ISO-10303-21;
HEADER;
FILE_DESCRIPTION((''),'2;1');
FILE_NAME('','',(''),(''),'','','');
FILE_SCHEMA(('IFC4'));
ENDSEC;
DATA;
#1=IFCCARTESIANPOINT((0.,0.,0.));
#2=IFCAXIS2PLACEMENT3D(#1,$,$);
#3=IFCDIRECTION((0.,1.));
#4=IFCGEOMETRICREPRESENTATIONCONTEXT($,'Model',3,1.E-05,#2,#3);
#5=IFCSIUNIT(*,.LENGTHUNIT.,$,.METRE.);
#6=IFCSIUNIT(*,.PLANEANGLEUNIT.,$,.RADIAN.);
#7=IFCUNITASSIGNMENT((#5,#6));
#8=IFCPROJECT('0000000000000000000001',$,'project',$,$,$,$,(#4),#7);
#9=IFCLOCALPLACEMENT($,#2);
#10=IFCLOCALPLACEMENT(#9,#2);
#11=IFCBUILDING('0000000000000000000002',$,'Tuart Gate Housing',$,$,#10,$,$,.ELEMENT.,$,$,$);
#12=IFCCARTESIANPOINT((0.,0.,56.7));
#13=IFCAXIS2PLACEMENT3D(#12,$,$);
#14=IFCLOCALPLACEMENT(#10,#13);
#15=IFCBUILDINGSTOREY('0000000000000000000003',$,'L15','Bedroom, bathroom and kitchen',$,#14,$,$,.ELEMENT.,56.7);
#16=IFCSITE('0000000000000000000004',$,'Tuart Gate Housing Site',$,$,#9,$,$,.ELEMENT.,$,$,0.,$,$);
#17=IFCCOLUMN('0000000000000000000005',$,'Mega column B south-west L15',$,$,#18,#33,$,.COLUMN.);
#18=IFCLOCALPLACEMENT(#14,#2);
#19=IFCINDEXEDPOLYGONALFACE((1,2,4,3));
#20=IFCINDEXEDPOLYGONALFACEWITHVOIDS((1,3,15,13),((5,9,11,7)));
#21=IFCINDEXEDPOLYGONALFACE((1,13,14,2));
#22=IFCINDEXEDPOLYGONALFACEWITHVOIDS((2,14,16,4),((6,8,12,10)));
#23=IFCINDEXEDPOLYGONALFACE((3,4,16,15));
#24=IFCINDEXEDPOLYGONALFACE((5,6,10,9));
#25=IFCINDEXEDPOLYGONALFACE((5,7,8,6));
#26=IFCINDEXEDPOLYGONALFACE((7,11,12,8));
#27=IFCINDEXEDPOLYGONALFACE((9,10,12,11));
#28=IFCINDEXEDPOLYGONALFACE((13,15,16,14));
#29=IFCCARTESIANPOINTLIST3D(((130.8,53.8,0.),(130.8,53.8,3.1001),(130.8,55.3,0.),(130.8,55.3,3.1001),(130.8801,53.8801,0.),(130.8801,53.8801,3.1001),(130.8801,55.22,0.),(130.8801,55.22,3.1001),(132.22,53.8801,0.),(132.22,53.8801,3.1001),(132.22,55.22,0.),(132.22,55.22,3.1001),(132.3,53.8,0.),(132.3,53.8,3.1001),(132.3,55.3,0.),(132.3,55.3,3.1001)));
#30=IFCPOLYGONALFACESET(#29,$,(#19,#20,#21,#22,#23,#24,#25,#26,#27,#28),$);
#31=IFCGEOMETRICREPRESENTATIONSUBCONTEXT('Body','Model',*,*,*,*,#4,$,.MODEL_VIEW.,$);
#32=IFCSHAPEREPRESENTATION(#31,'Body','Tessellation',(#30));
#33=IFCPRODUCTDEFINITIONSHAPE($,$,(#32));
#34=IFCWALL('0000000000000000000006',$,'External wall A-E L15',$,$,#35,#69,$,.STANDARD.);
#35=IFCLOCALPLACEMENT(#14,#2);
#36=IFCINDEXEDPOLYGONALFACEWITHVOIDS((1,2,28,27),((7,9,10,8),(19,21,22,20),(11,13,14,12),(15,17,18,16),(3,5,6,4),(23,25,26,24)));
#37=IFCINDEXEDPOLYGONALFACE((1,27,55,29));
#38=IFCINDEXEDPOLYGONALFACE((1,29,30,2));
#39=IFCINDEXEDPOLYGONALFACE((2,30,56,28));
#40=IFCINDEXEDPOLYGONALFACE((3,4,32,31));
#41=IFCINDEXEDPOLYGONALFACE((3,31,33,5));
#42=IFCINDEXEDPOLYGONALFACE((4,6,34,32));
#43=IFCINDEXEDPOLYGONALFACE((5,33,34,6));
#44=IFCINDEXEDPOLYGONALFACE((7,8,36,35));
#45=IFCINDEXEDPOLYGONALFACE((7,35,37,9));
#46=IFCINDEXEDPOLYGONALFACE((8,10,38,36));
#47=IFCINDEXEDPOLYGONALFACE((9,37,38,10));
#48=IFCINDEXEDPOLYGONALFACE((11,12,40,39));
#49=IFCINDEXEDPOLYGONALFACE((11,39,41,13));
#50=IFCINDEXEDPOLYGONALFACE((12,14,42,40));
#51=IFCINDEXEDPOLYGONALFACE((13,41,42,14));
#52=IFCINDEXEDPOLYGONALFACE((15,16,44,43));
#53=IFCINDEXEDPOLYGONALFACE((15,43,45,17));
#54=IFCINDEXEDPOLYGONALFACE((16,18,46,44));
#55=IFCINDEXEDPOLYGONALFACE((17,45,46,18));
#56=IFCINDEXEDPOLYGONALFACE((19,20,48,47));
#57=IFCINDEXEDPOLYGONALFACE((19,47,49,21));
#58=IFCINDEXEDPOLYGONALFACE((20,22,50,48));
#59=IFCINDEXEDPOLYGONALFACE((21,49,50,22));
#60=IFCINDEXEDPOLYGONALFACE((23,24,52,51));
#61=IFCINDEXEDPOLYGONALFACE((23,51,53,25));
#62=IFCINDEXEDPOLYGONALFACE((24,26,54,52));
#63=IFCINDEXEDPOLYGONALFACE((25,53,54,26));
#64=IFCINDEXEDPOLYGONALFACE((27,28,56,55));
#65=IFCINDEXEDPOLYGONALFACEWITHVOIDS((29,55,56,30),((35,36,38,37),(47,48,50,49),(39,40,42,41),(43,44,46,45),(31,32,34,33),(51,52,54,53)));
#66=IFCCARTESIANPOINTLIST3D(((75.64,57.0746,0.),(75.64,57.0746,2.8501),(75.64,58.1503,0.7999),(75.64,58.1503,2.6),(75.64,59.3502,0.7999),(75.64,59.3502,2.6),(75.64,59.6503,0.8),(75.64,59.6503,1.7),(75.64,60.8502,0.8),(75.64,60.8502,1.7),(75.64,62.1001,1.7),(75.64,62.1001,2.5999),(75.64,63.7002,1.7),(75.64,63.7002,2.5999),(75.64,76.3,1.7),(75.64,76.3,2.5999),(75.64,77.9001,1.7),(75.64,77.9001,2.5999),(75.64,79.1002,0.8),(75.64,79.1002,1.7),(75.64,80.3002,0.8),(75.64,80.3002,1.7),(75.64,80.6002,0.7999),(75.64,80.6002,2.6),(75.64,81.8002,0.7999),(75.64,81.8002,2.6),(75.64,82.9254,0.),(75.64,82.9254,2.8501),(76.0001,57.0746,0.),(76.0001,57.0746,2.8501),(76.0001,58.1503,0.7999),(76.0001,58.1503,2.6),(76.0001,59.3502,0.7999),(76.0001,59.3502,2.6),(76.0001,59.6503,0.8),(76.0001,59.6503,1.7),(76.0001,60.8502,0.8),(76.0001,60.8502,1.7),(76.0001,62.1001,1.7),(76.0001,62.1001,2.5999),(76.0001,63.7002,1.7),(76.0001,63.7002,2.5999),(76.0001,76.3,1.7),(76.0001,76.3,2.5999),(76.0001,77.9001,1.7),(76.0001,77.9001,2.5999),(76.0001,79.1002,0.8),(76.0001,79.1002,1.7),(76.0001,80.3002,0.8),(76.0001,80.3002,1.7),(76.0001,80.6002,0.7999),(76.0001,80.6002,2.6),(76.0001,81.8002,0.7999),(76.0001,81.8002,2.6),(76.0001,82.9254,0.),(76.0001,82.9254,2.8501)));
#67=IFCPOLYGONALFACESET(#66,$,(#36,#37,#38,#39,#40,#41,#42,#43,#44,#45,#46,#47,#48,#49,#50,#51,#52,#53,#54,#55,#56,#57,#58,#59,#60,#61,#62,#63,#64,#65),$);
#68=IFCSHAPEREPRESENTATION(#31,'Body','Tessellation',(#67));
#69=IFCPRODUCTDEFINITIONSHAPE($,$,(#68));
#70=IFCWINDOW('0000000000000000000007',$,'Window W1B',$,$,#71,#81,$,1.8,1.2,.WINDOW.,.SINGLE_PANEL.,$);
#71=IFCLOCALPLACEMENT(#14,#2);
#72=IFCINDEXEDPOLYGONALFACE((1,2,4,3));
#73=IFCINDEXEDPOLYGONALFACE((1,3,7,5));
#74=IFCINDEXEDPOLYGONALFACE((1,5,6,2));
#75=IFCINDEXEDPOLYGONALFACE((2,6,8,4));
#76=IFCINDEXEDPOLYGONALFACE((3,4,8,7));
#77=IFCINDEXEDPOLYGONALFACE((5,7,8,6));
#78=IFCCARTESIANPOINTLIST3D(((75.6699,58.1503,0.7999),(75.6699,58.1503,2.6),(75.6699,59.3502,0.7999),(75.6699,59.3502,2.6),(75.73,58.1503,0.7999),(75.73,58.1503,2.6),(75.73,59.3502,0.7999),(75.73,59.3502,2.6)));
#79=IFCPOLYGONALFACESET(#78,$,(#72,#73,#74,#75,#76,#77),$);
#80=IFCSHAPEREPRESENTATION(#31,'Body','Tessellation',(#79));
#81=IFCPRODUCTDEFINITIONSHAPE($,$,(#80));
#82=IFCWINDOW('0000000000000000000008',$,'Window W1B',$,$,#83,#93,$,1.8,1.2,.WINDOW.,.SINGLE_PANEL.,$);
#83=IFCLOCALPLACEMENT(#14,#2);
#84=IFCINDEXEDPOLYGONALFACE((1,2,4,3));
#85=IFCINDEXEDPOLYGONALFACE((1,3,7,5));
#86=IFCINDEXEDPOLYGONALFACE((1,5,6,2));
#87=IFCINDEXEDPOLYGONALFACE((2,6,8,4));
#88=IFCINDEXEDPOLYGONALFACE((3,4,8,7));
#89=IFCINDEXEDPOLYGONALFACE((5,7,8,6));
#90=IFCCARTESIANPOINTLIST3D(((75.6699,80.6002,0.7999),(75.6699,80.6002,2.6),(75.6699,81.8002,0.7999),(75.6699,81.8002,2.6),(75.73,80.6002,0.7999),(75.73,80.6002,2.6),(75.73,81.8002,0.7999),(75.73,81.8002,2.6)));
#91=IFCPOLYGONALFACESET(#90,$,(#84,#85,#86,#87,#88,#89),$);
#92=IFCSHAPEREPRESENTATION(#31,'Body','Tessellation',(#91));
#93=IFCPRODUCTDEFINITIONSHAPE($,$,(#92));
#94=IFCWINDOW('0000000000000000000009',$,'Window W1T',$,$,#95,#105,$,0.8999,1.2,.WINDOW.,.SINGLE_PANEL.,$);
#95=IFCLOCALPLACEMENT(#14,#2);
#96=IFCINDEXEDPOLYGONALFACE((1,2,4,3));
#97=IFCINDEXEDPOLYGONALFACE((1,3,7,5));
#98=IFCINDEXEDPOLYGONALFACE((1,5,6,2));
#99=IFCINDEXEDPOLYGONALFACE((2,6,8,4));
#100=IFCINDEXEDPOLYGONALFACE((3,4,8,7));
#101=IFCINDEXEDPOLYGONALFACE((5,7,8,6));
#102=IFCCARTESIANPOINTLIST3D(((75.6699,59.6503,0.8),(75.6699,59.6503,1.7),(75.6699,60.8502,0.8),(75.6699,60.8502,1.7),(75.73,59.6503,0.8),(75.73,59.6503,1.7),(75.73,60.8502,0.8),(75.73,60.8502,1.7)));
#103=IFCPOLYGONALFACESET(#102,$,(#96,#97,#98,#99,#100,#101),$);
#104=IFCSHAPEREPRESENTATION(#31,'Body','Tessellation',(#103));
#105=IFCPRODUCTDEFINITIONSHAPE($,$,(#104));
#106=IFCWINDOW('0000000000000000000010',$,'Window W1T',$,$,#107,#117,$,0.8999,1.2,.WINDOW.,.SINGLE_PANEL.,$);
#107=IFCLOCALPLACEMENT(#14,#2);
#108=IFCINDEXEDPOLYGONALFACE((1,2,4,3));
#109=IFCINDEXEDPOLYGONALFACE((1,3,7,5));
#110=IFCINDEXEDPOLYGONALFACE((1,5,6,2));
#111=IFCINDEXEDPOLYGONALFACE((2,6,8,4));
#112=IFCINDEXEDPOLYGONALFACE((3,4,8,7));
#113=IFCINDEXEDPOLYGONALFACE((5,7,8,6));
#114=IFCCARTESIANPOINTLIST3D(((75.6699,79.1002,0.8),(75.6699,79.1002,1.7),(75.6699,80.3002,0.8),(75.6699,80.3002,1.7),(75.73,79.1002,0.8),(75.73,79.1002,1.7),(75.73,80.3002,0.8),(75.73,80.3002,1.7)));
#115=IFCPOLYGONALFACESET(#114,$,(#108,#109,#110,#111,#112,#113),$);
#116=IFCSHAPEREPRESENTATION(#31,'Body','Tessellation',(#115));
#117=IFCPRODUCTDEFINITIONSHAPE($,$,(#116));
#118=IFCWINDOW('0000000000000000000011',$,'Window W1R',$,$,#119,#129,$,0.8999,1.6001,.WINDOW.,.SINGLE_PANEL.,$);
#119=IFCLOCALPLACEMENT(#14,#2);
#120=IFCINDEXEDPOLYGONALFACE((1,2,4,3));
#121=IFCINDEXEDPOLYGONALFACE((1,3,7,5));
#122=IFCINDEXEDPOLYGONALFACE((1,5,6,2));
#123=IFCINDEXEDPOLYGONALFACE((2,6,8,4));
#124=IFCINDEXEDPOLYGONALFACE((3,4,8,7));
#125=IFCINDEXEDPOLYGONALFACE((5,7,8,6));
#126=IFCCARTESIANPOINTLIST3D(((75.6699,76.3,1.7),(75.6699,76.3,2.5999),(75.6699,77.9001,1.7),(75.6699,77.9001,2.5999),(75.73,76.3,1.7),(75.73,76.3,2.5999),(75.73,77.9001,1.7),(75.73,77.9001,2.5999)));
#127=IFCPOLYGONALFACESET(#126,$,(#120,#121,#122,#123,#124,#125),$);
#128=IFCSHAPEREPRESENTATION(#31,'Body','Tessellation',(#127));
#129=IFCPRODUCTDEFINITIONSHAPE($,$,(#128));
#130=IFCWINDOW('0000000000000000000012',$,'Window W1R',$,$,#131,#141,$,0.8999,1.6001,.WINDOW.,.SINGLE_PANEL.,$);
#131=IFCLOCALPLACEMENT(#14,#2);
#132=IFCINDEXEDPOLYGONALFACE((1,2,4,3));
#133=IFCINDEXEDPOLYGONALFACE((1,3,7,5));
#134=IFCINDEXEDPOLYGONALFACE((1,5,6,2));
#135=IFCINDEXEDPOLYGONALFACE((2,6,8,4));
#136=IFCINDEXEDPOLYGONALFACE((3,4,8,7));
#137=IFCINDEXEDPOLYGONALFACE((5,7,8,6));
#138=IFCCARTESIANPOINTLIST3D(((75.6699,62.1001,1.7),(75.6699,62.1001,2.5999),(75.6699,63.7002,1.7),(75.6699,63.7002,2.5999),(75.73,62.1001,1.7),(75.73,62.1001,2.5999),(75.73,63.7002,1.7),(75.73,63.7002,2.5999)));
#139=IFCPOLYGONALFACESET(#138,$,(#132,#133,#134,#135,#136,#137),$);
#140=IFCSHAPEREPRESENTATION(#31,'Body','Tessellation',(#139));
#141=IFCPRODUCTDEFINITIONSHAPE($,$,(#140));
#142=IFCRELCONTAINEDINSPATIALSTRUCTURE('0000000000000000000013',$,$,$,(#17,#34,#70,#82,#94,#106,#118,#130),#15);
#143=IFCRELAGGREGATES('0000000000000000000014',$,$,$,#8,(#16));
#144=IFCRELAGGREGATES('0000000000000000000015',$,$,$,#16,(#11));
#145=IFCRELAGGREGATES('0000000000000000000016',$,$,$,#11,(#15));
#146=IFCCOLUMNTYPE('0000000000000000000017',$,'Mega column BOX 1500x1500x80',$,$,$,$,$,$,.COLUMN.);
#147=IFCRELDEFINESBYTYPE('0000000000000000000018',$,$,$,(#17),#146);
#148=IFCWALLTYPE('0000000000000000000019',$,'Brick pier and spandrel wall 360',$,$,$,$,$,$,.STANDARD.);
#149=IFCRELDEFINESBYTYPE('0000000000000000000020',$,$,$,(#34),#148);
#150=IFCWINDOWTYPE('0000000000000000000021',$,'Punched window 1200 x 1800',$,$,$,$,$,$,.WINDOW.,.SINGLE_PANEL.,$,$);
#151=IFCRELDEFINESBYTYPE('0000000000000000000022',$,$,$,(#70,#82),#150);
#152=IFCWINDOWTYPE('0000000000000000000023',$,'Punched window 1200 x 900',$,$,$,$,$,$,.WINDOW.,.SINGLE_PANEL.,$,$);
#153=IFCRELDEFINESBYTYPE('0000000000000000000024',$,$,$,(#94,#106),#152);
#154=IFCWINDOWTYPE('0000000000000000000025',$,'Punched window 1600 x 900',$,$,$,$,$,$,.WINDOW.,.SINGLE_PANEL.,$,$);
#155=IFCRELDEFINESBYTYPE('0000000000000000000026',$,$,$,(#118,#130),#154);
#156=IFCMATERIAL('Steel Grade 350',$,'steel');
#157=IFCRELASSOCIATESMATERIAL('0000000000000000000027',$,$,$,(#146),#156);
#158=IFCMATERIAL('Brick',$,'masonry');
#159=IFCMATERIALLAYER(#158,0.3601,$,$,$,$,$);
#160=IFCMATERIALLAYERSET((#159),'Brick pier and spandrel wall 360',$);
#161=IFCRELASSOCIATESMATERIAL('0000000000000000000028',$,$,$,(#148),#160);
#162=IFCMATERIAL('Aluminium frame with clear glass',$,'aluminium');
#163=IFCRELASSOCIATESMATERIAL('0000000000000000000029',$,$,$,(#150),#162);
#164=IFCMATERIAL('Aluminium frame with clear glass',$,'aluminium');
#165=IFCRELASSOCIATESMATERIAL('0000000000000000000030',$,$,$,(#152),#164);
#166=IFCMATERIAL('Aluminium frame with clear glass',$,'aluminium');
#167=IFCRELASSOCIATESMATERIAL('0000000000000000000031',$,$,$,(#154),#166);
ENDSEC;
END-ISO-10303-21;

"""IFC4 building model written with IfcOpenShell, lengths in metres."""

from ifc_helpers import new_model, si_unit, direction, frame, frame_2d, origin, origin_2d, place, context, subcontext, project, spatial, rectangle, hollow_rectangle, extrude, material, layer, layer_set, material_profile, profile_set, type_object, element, fill, save


model = new_model("IFC4")

# Units and contexts
model_context = context("Model", 3, precision=1e-05, world=origin(), true_north=direction((0.0, 1.0)))
body_context = subcontext(model_context, "Body", "Model", "MODEL_VIEW")
ifc_project = project(units=[si_unit("LENGTHUNIT", "METRE"), si_unit("PLANEANGLEUNIT", "RADIAN")], contexts=[model_context])

# Site, building, storey
site_placement = place(None, origin())
site = spatial("IfcSite", under=ifc_project, at=site_placement, Name="Tuart Gate Housing Site", CompositionType="ELEMENT", RefElevation=0.0)
building_placement = place(site_placement, origin())
building = spatial("IfcBuilding", under=site, at=building_placement, Name="Tuart Gate Housing", CompositionType="ELEMENT")
storey_placement = place(building_placement, frame((0.0, 0.0, 56.7)))
storey = spatial("IfcBuildingStorey", under=building, at=storey_placement, Name="L15", Description="Bedroom, bathroom and kitchen", CompositionType="ELEMENT", Elevation=56.7)

# Column
ifc_material_1 = material(Name="Steel Grade 350", Category="steel")
ifc_material_profile = material_profile(ifc_material_1, hollow_rectangle(XDim=1.5, YDim=1.5, WallThickness=0.0801, at=origin_2d()), Name="BOX 1500x1500x80")
ifc_profile_set = profile_set([ifc_material_profile], Name="Steel Grade 350")
column_type = type_object("IfcColumnType", Name="Mega column BOX 1500x1500x80", PredefinedType="COLUMN", material=ifc_profile_set)
column_placement = place(storey_placement, frame((131.55, 54.55, 0.0), z_axis=(0.0, 0.0, 1.0), x_axis=(1.0, 0.0, 0.0)))
element("IfcColumn", 1, at=column_placement, inside=storey, type_object=column_type, Name="Mega column B south-west L15", PredefinedType="COLUMN", context=body_context, shape_type="SweptSolid", body=[
    extrude(hollow_rectangle(XDim=1.5, YDim=1.5, WallThickness=0.0801, at=origin_2d()), origin(), (0.0, 0.0, 1.0), 3.1001),
])

# Wall, openings, windows
ifc_material_2 = material(Name="Brick", Category="masonry")
ifc_layer_1 = layer(ifc_material_2, 0.3601)
ifc_layer_set_1 = layer_set([ifc_layer_1], Name="Brick pier and spandrel wall 360")
wall_type_1 = type_object("IfcWallType", Name="Brick pier and spandrel wall 360", PredefinedType="STANDARD", material=ifc_layer_set_1)
wall_1_placement = place(storey_placement, frame((75.8201, 57.0747, 0.0), z_axis=(0.0, 0.0, 1.0), x_axis=(0.0, 1.0, 0.0)))
wall_1 = element("IfcWall", 2, at=wall_1_placement, inside=storey, type_object=wall_type_1, Name="External wall A-E L15", PredefinedType="STANDARD", context=body_context, shape_type="SweptSolid", body=[
    extrude(rectangle(XDim=25.8508, YDim=0.3601, at=frame_2d((12.9253, 0.0))), origin(), (0.0, 0.0, 1.0), 2.8501),
])
opening_1_placement = place(wall_1_placement, frame((1.0754, 0.0, 0.8)))
opening_1 = element("IfcOpeningElement", 3, at=opening_1_placement, cuts=wall_1, PredefinedType="OPENING", context=body_context, shape_type="SweptSolid", body=[
    extrude(rectangle(XDim=1.2, YDim=1.8, at=frame_2d((0.6001, 0.8999))), frame((0.0, 0.1899, 0.0), z_axis=(0.0, -1.0, 0.0), x_axis=(1.0, 0.0, 0.0)), (0.0, 0.0, 1.0), 0.3801),
])
opening_2_placement = place(wall_1_placement, frame((2.5754, 0.0, 0.8)))
opening_2 = element("IfcOpeningElement", 4, at=opening_2_placement, cuts=wall_1, PredefinedType="OPENING", context=body_context, shape_type="SweptSolid", body=[
    extrude(rectangle(XDim=1.2, YDim=0.8999, at=frame_2d((0.6001, 0.45))), frame((0.0, 0.1899, 0.0), z_axis=(0.0, -1.0, 0.0), x_axis=(1.0, 0.0, 0.0)), (0.0, 0.0, 1.0), 0.3801),
])
opening_3_placement = place(wall_1_placement, frame((19.2253, 0.0, 1.7)))
opening_3 = element("IfcOpeningElement", 5, at=opening_3_placement, cuts=wall_1, PredefinedType="OPENING", context=body_context, shape_type="SweptSolid", body=[
    extrude(rectangle(XDim=1.6001, YDim=0.8999, at=frame_2d((0.8, 0.45))), frame((0.0, 0.1899, 0.0), z_axis=(0.0, -1.0, 0.0), x_axis=(1.0, 0.0, 0.0)), (0.0, 0.0, 1.0), 0.3801),
])
opening_4_placement = place(wall_1_placement, frame((22.0254, 0.0, 0.8)))
opening_4 = element("IfcOpeningElement", 6, at=opening_4_placement, cuts=wall_1, PredefinedType="OPENING", context=body_context, shape_type="SweptSolid", body=[
    extrude(rectangle(XDim=1.2, YDim=0.8999, at=frame_2d((0.6001, 0.45))), frame((0.0, 0.1899, 0.0), z_axis=(0.0, -1.0, 0.0), x_axis=(1.0, 0.0, 0.0)), (0.0, 0.0, 1.0), 0.3801),
])
opening_5_placement = place(wall_1_placement, frame((5.0254, 0.0, 1.7)))
opening_5 = element("IfcOpeningElement", 7, at=opening_5_placement, cuts=wall_1, PredefinedType="OPENING", context=body_context, shape_type="SweptSolid", body=[
    extrude(rectangle(XDim=1.6001, YDim=0.8999, at=frame_2d((0.8, 0.45))), frame((0.0, 0.1899, 0.0), z_axis=(0.0, -1.0, 0.0), x_axis=(1.0, 0.0, 0.0)), (0.0, 0.0, 1.0), 0.3801),
])
opening_6_placement = place(wall_1_placement, frame((23.5254, 0.0, 0.8)))
opening_6 = element("IfcOpeningElement", 8, at=opening_6_placement, cuts=wall_1, PredefinedType="OPENING", context=body_context, shape_type="SweptSolid", body=[
    extrude(rectangle(XDim=1.2, YDim=1.8, at=frame_2d((0.6001, 0.8999))), frame((0.0, 0.1899, 0.0), z_axis=(0.0, -1.0, 0.0), x_axis=(1.0, 0.0, 0.0)), (0.0, 0.0, 1.0), 0.3801),
])
ifc_material_3 = material(Name="Aluminium frame with clear glass", Category="aluminium")
window_type_1 = type_object("IfcWindowType", Name="Punched window 1200 x 1800", PartitioningType="SINGLE_PANEL", PredefinedType="WINDOW", material=ifc_material_3)
window_1_placement = place(opening_1_placement, origin())
window_1 = element("IfcWindow", 9, at=window_1_placement, inside=storey, type_object=window_type_1, Name="Window W1B", OverallHeight=1.8, OverallWidth=1.2, PartitioningType="SINGLE_PANEL", PredefinedType="WINDOW", context=body_context, shape_type="SweptSolid", body=[
    extrude(rectangle(XDim=1.2, YDim=1.8, at=frame_2d((0.6001, 0.8999))), frame((0.0, 0.1501, 0.0), z_axis=(0.0, -1.0, 0.0), x_axis=(1.0, 0.0, 0.0)), (0.0, 0.0, 1.0), 0.0601),
])
fill(opening_1, window_1)
window_2_placement = place(opening_6_placement, origin())
window_2 = element("IfcWindow", 10, at=window_2_placement, inside=storey, type_object=window_type_1, Name="Window W1B", OverallHeight=1.8, OverallWidth=1.2, PartitioningType="SINGLE_PANEL", PredefinedType="WINDOW", context=body_context, shape_type="SweptSolid", body=[
    extrude(rectangle(XDim=1.2, YDim=1.8, at=frame_2d((0.6001, 0.8999))), frame((0.0, 0.1501, 0.0), z_axis=(0.0, -1.0, 0.0), x_axis=(1.0, 0.0, 0.0)), (0.0, 0.0, 1.0), 0.0601),
])
fill(opening_6, window_2)
ifc_material_4 = material(Name="Aluminium frame with clear glass", Category="aluminium")
window_type_2 = type_object("IfcWindowType", Name="Punched window 1200 x 900", PartitioningType="SINGLE_PANEL", PredefinedType="WINDOW", material=ifc_material_4)
window_3_placement = place(opening_2_placement, origin())
window_3 = element("IfcWindow", 11, at=window_3_placement, inside=storey, type_object=window_type_2, Name="Window W1T", OverallHeight=0.8999, OverallWidth=1.2, PartitioningType="SINGLE_PANEL", PredefinedType="WINDOW", context=body_context, shape_type="SweptSolid", body=[
    extrude(rectangle(XDim=1.2, YDim=0.8999, at=frame_2d((0.6001, 0.45))), frame((0.0, 0.1501, 0.0), z_axis=(0.0, -1.0, 0.0), x_axis=(1.0, 0.0, 0.0)), (0.0, 0.0, 1.0), 0.0601),
])
fill(opening_2, window_3)
window_4_placement = place(opening_4_placement, origin())
window_4 = element("IfcWindow", 12, at=window_4_placement, inside=storey, type_object=window_type_2, Name="Window W1T", OverallHeight=0.8999, OverallWidth=1.2, PartitioningType="SINGLE_PANEL", PredefinedType="WINDOW", context=body_context, shape_type="SweptSolid", body=[
    extrude(rectangle(XDim=1.2, YDim=0.8999, at=frame_2d((0.6001, 0.45))), frame((0.0, 0.1501, 0.0), z_axis=(0.0, -1.0, 0.0), x_axis=(1.0, 0.0, 0.0)), (0.0, 0.0, 1.0), 0.0601),
])
fill(opening_4, window_4)
ifc_material_5 = material(Name="Aluminium frame with clear glass", Category="aluminium")
window_type_3 = type_object("IfcWindowType", Name="Punched window 1600 x 900", PartitioningType="SINGLE_PANEL", PredefinedType="WINDOW", material=ifc_material_5)
window_5_placement = place(opening_3_placement, origin())
window_5 = element("IfcWindow", 13, at=window_5_placement, inside=storey, type_object=window_type_3, Name="Window W1R", OverallHeight=0.8999, OverallWidth=1.6001, PartitioningType="SINGLE_PANEL", PredefinedType="WINDOW", context=body_context, shape_type="SweptSolid", body=[
    extrude(rectangle(XDim=1.6001, YDim=0.8999, at=frame_2d((0.8, 0.45))), frame((0.0, 0.1501, 0.0), z_axis=(0.0, -1.0, 0.0), x_axis=(1.0, 0.0, 0.0)), (0.0, 0.0, 1.0), 0.0601),
])
fill(opening_3, window_5)
window_6_placement = place(opening_5_placement, origin())
window_6 = element("IfcWindow", 14, at=window_6_placement, inside=storey, type_object=window_type_3, Name="Window W1R", OverallHeight=0.8999, OverallWidth=1.6001, PartitioningType="SINGLE_PANEL", PredefinedType="WINDOW", context=body_context, shape_type="SweptSolid", body=[
    extrude(rectangle(XDim=1.6001, YDim=0.8999, at=frame_2d((0.8, 0.45))), frame((0.0, 0.1501, 0.0), z_axis=(0.0, -1.0, 0.0), x_axis=(1.0, 0.0, 0.0)), (0.0, 0.0, 1.0), 0.0601),
])
fill(opening_5, window_6)

save(model, "model.ifc")
